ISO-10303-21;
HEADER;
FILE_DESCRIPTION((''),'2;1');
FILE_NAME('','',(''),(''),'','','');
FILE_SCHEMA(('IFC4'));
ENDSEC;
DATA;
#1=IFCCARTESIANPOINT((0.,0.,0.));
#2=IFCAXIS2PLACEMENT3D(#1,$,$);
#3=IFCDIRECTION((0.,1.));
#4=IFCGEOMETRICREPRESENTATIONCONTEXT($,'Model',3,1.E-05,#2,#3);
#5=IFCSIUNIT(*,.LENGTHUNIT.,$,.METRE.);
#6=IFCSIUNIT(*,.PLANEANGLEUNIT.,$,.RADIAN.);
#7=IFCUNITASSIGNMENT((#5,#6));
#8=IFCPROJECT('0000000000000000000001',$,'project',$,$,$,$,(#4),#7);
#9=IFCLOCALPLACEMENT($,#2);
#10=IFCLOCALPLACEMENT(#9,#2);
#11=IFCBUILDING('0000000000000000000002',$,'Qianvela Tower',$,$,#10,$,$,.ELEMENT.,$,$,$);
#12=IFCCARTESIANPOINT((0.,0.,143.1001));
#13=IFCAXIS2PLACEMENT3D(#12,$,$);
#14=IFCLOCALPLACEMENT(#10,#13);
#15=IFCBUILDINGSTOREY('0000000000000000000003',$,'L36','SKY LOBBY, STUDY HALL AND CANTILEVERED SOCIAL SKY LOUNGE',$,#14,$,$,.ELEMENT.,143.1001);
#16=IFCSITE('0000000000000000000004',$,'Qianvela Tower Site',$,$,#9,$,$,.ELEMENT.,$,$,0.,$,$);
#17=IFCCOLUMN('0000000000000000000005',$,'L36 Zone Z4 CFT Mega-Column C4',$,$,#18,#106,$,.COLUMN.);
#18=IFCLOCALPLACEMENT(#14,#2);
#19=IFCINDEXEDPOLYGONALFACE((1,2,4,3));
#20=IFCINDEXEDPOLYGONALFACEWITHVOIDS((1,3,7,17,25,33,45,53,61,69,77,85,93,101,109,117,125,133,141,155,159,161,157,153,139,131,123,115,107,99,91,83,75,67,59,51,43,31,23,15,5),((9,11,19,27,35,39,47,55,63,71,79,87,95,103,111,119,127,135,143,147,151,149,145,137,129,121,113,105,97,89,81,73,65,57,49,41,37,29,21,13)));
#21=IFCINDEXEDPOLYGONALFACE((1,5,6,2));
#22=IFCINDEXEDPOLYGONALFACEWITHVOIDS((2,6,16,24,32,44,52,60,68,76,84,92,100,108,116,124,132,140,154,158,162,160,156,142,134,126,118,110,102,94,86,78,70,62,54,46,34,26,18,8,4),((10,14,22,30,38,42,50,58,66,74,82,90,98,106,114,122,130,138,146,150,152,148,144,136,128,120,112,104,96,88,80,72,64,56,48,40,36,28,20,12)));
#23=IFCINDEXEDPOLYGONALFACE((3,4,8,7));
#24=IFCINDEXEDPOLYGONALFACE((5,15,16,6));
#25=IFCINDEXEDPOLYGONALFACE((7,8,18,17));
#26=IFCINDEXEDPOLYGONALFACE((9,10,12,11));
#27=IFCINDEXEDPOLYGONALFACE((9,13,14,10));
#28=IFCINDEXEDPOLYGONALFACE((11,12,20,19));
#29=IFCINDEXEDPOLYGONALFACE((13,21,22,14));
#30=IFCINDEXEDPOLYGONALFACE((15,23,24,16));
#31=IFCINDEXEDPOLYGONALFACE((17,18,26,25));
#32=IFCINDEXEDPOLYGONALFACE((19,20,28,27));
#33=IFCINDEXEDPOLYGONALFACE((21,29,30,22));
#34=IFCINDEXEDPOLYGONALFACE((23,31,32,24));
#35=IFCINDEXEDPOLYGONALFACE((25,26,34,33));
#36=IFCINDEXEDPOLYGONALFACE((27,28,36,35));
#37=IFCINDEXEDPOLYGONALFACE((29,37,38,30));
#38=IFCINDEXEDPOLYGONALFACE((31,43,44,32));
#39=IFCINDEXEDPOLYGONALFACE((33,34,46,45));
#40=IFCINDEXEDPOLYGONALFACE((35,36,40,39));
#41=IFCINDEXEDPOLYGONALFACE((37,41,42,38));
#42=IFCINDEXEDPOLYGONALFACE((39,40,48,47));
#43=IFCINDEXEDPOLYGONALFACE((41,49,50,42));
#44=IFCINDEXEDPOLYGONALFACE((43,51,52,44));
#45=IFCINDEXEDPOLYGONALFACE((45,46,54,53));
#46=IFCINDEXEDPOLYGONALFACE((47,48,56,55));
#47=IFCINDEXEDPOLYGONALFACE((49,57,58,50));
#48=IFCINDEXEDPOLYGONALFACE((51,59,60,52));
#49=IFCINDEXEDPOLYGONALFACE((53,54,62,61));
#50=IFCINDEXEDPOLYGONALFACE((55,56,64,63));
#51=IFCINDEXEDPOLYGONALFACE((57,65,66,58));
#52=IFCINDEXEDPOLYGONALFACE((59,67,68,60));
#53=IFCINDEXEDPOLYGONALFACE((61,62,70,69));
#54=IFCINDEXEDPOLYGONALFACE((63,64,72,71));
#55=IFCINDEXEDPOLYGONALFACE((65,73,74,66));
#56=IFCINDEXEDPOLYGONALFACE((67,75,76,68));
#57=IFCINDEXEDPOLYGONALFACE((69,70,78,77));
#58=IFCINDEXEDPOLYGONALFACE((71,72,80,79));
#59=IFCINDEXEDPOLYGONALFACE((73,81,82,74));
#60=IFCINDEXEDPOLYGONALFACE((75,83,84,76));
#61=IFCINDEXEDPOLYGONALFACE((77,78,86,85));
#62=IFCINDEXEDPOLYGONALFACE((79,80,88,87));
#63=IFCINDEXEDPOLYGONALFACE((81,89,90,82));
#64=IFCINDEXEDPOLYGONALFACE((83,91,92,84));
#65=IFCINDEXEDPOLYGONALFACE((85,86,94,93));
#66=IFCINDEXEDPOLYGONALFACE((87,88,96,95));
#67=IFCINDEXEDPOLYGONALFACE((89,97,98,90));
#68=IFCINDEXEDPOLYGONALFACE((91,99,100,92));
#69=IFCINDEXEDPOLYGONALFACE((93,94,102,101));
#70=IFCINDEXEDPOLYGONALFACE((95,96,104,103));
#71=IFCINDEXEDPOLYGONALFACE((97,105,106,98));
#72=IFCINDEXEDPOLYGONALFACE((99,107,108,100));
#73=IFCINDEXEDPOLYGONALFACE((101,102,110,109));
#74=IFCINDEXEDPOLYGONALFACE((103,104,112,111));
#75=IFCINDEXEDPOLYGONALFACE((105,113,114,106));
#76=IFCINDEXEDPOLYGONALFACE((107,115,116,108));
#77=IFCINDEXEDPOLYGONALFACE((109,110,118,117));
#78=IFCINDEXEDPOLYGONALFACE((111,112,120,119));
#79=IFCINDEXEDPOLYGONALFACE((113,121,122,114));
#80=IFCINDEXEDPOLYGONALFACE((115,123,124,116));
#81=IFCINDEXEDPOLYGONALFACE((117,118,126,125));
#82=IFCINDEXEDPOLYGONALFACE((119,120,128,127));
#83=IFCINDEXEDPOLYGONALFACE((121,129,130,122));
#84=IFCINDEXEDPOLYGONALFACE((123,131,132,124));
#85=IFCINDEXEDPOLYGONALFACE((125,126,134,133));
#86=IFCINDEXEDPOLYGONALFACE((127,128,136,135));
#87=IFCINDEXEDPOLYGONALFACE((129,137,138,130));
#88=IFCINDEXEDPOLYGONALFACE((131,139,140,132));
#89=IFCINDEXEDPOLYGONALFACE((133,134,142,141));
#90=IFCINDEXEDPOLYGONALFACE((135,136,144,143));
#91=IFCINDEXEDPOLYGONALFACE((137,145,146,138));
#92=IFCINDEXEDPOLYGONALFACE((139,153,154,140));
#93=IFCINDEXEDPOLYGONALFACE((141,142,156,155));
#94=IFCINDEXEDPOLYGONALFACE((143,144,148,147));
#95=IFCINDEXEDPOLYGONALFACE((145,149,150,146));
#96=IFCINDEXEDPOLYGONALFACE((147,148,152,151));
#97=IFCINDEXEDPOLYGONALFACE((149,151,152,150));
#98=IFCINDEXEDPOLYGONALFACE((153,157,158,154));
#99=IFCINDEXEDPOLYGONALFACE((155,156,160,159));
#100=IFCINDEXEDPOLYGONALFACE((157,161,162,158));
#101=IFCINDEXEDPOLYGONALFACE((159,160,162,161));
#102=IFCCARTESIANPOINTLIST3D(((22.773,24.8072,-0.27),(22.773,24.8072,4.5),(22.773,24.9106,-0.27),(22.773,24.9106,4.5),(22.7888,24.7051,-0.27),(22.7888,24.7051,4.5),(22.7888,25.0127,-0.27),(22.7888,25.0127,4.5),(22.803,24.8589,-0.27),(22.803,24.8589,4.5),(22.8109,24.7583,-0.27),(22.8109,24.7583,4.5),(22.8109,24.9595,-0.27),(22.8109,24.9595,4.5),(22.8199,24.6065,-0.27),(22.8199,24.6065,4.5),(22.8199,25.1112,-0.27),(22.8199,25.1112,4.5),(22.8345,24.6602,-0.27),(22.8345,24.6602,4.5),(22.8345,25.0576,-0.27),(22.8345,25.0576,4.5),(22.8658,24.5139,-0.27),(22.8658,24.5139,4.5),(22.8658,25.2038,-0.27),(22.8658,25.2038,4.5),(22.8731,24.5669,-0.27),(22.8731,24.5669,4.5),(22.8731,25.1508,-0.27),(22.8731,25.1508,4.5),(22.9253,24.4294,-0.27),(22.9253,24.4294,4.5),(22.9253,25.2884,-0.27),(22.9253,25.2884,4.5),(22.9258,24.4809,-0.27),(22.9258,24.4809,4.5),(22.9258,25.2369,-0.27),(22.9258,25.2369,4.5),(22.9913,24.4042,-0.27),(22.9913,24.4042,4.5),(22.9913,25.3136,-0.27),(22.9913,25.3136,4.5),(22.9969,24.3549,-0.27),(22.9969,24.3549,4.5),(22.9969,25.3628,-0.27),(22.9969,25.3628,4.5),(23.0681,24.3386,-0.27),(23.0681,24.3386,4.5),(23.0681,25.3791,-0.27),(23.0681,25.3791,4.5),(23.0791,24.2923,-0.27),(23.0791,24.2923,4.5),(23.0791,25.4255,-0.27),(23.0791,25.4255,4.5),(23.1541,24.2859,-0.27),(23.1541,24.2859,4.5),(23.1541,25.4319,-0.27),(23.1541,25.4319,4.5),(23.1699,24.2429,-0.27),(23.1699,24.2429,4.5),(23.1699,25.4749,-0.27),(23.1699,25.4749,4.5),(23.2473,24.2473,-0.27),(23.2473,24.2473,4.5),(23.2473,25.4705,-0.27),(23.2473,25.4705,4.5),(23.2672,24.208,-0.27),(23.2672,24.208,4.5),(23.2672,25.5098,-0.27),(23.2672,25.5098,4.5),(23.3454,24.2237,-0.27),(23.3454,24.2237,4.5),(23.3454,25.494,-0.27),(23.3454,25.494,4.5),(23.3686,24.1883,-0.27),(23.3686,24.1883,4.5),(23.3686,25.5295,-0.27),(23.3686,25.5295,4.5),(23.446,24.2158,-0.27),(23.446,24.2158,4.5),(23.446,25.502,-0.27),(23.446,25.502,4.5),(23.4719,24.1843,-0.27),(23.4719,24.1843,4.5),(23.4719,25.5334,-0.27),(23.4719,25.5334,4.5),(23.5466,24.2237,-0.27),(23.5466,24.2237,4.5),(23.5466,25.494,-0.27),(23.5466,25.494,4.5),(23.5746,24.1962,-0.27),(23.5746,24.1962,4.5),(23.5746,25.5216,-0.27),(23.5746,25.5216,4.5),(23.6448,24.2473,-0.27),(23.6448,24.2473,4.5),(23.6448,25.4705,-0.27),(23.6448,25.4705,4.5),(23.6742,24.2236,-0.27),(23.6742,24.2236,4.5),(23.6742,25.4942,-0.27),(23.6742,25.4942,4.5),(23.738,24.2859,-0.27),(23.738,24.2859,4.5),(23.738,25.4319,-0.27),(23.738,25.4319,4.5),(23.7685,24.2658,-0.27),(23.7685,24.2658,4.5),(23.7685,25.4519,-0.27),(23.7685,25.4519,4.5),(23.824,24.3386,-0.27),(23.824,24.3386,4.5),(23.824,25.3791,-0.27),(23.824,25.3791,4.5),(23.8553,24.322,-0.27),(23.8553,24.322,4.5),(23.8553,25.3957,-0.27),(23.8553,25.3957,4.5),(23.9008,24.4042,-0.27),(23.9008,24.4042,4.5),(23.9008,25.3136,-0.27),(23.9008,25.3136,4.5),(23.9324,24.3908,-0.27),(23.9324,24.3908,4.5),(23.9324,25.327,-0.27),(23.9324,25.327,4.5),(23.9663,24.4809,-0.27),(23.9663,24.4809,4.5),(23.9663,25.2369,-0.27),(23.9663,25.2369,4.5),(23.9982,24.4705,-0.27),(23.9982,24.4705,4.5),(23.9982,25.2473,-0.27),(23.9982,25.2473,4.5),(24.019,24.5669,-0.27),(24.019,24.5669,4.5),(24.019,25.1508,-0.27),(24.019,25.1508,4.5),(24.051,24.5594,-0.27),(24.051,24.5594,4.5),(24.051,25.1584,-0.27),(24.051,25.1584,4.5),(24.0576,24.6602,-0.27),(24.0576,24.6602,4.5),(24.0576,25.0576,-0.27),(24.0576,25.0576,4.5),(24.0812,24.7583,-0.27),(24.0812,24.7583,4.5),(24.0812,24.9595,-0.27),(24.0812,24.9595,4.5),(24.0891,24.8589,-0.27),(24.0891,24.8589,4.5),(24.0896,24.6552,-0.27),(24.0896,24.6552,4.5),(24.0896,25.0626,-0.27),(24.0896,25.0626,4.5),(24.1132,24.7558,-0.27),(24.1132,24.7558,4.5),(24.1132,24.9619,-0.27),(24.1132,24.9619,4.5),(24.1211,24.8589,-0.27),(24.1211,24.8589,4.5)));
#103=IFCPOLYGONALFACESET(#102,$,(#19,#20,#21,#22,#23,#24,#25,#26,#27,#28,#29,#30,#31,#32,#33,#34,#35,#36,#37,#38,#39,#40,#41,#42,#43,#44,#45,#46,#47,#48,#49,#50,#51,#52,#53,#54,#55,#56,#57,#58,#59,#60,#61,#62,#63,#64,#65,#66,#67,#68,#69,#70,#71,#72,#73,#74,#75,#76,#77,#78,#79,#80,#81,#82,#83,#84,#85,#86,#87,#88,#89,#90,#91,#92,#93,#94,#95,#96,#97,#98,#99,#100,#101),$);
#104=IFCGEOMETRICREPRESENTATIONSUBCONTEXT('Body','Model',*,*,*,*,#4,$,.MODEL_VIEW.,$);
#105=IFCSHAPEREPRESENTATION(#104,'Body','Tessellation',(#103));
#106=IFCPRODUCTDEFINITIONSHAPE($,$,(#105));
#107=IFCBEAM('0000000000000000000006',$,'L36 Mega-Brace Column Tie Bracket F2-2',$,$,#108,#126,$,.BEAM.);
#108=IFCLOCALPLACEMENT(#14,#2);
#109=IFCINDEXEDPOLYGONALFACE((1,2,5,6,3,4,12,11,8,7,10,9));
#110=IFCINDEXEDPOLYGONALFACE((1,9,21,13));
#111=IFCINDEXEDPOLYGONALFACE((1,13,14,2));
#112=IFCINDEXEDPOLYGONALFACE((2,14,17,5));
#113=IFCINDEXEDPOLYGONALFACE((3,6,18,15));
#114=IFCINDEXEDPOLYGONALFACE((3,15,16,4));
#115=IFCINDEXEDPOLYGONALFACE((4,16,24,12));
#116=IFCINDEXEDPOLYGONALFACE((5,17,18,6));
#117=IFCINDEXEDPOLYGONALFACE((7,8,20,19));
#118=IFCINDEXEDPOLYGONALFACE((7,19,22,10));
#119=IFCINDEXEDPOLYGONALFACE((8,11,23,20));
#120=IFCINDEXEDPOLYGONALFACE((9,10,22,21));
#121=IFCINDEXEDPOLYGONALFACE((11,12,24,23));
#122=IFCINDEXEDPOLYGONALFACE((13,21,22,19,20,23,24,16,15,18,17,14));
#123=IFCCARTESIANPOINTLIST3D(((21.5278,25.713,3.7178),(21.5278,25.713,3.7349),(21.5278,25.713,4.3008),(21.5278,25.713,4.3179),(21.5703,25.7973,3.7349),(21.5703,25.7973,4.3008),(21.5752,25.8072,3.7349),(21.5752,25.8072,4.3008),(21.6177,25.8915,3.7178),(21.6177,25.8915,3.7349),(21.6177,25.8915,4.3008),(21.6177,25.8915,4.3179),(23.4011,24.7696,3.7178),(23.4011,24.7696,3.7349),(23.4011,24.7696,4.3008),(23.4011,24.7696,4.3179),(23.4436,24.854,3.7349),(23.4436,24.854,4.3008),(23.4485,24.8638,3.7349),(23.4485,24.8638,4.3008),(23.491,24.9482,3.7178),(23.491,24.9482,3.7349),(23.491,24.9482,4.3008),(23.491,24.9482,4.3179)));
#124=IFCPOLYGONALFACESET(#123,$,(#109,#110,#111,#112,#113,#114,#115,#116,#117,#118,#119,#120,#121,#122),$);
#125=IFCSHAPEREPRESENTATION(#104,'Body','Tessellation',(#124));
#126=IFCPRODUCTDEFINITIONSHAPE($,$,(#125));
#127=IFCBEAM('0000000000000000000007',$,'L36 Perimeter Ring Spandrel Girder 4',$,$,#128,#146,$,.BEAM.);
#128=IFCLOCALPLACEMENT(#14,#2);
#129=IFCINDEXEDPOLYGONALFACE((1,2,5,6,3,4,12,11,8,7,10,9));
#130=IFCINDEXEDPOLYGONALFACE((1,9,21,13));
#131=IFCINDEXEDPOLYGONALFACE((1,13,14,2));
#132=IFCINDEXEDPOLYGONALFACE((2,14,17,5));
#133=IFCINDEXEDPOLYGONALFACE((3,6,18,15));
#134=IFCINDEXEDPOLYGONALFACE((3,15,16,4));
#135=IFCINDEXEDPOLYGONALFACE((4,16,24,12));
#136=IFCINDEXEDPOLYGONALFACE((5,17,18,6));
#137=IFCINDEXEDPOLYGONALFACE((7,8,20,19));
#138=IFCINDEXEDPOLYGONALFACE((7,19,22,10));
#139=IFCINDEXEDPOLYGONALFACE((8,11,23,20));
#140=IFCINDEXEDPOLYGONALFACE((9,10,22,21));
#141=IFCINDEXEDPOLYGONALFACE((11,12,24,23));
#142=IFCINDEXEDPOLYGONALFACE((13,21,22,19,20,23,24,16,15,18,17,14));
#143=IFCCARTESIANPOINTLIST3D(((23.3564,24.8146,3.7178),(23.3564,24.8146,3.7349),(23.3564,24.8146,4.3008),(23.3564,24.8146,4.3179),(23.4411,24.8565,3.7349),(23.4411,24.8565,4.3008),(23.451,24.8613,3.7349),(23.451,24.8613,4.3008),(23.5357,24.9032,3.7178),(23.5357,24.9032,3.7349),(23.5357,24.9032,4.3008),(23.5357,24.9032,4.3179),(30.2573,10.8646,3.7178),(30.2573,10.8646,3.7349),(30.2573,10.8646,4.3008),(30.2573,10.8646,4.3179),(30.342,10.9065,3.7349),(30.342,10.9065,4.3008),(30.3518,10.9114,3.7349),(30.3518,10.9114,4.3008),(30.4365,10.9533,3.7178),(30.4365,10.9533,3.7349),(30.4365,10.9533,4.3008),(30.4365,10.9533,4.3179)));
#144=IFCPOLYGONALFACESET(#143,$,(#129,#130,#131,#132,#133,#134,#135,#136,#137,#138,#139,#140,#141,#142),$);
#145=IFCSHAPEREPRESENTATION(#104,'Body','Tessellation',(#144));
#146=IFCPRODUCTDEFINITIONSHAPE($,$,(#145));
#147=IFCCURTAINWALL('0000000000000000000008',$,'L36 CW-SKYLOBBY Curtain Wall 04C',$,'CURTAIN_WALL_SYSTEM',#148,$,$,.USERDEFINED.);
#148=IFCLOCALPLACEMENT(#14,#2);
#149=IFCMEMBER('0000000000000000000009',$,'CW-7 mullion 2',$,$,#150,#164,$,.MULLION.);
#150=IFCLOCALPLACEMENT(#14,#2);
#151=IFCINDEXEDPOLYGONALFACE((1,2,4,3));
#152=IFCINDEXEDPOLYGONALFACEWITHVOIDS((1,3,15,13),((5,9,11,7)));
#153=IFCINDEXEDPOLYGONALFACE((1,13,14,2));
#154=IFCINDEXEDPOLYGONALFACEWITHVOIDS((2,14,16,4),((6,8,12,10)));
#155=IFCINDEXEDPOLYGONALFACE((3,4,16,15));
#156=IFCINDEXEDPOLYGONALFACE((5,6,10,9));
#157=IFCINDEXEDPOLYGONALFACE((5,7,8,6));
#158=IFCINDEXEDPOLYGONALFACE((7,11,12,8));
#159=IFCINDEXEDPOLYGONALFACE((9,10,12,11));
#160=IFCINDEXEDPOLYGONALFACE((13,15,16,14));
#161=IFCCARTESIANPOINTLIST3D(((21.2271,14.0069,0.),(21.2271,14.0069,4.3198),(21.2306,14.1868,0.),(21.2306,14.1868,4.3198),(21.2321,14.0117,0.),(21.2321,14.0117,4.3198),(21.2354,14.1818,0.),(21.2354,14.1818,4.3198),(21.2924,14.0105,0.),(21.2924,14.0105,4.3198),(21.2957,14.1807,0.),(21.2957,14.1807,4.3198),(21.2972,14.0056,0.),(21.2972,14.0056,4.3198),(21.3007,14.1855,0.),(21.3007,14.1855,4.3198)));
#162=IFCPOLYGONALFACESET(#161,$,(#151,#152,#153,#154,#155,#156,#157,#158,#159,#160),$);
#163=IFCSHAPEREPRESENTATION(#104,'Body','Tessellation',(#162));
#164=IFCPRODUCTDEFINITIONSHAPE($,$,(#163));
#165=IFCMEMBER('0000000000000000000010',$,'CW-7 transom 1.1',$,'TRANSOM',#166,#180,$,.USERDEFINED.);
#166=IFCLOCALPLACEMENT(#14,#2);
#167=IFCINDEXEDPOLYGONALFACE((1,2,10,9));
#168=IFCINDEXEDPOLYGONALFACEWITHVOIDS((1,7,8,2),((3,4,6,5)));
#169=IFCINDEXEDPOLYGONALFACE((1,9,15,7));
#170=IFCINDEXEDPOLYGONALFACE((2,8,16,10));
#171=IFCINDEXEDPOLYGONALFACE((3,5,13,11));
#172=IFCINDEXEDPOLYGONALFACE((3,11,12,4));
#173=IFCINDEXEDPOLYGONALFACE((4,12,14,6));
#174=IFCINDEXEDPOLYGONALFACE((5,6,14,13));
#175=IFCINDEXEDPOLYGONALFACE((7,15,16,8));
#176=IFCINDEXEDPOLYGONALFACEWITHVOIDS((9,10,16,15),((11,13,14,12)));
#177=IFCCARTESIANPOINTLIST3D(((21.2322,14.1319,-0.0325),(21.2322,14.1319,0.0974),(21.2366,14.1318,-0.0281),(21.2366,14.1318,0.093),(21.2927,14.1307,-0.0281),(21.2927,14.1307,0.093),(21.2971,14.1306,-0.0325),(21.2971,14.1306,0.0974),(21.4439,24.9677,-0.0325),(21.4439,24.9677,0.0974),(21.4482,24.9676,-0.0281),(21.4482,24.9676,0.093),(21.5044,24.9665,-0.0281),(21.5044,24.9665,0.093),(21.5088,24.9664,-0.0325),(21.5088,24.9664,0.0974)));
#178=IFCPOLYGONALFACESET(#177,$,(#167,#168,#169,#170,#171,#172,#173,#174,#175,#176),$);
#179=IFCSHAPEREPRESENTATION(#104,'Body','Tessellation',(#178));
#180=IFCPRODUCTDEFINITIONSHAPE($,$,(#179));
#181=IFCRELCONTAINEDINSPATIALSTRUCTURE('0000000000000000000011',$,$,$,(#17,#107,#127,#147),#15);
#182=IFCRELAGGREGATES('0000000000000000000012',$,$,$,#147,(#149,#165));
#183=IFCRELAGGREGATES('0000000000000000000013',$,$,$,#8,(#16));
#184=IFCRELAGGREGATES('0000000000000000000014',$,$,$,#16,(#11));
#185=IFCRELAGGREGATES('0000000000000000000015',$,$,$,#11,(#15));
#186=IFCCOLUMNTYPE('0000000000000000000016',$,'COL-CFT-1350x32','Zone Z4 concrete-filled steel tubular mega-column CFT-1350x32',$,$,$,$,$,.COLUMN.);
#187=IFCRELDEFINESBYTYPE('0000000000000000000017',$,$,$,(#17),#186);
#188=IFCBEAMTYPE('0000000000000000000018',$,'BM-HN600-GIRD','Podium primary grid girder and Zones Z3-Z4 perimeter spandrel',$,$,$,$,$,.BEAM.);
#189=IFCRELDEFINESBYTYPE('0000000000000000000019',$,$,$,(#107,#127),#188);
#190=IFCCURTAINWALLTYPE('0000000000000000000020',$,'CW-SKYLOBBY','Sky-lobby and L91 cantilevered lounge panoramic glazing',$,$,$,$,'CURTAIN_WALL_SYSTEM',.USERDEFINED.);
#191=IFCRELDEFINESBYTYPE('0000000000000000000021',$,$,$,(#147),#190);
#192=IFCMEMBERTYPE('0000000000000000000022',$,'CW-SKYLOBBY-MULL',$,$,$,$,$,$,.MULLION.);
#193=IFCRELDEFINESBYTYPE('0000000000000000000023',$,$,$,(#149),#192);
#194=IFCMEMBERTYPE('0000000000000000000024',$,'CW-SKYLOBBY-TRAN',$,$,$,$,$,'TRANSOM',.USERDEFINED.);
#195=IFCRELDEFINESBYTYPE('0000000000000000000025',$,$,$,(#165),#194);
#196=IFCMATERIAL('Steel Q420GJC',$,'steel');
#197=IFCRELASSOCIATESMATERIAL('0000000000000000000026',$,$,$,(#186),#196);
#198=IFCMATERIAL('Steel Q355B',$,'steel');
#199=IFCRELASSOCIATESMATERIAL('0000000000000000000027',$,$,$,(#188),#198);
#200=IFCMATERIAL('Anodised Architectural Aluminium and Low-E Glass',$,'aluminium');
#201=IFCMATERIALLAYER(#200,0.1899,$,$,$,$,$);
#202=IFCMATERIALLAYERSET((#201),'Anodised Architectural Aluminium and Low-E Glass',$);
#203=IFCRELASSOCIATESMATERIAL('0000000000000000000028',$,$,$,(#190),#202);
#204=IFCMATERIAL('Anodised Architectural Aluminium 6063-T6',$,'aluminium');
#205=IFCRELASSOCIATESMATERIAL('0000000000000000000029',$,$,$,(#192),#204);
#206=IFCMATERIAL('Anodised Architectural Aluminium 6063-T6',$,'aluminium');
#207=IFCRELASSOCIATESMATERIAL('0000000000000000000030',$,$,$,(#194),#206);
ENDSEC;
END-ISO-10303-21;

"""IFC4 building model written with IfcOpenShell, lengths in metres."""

from ifc_helpers import new_model, si_unit, direction, frame, origin, origin_2d, place, context, subcontext, project, spatial, hollow_rectangle, hollow_circle, i_section, extrude, material, layer, layer_set, material_profile, profile_set, type_object, element, aggregate, save


model = new_model("IFC4")

# Units and contexts
model_context = context("Model", 3, precision=1e-05, world=origin(), true_north=direction((0.0, 1.0)))
body_context = subcontext(model_context, "Body", "Model", "MODEL_VIEW")
ifc_project = project(units=[si_unit("LENGTHUNIT", "METRE"), si_unit("PLANEANGLEUNIT", "RADIAN")], contexts=[model_context])

# Site, building, storey
site_placement = place(None, origin())
site = spatial("IfcSite", under=ifc_project, at=site_placement, Name="Qianvela Tower Site", CompositionType="ELEMENT", RefElevation=0.0)
building_placement = place(site_placement, origin())
building = spatial("IfcBuilding", under=site, at=building_placement, Name="Qianvela Tower", CompositionType="ELEMENT")
storey_placement = place(building_placement, frame((0.0, 0.0, 143.1001)))
storey = spatial("IfcBuildingStorey", under=building, at=storey_placement, Name="L36", Description="SKY LOBBY, STUDY HALL AND CANTILEVERED SOCIAL SKY LOUNGE", CompositionType="ELEMENT", Elevation=143.1001)

# Column
ifc_material_1 = material(Name="Steel Q420GJC", Category="steel")
ifc_material_profile_1 = material_profile(ifc_material_1, hollow_circle(Radius=0.675, WallThickness=0.032, at=origin_2d()), Name="CFT-1350x32")
ifc_profile_set_1 = profile_set([ifc_material_profile_1], Name="Steel Q420GJC")
column_type = type_object("IfcColumnType", Name="COL-CFT-1350x32", Description="Zone Z4 concrete-filled steel tubular mega-column CFT-1350x32", PredefinedType="COLUMN", material=ifc_profile_set_1)
column_placement = place(storey_placement, frame((23.446, 24.8589, -0.27), z_axis=(0.0, 0.0, 1.0), x_axis=(1.0, 0.0, 0.0)))
element("IfcColumn", 1, at=column_placement, inside=storey, type_object=column_type, Name="L36 Zone Z4 CFT Mega-Column C4", PredefinedType="COLUMN", context=body_context, shape_type="SweptSolid", body=[
    extrude(hollow_circle(Radius=0.675, WallThickness=0.032, at=origin_2d()), origin(), (0.0, 0.0, 1.0), 4.77),
])

# Beams
ifc_material_2 = material(Name="Steel Q355B", Category="steel")
ifc_material_profile_2 = material_profile(ifc_material_2, i_section(OverallWidth=0.2, OverallDepth=0.6001, WebThickness=0.011, FlangeThickness=0.0171, at=origin_2d()), Name="HN600x200x11x17")
ifc_profile_set_2 = profile_set([ifc_material_profile_2], Name="Steel Q355B")
beam_type = type_object("IfcBeamType", Name="BM-HN600-GIRD", Description="Podium primary grid girder and Zones Z3-Z4 perimeter spandrel", PredefinedType="BEAM", material=ifc_profile_set_2)
beam_1_placement = place(storey_placement, frame((23.446, 24.8589, 4.0178), z_axis=(-0.893143, 0.449773, 0.0), x_axis=(-0.449773, -0.893143, 0.0)))
element("IfcBeam", 2, at=beam_1_placement, inside=storey, type_object=beam_type, Name="L36 Mega-Brace Column Tie Bracket F2-2", PredefinedType="BEAM", context=body_context, shape_type="SweptSolid", body=[
    extrude(i_section(OverallWidth=0.2, OverallDepth=0.6001, WebThickness=0.011, FlangeThickness=0.0171, at=origin_2d()), origin(), (0.0, 0.0, 1.0), 2.0974),
])
beam_2_placement = place(storey_placement, frame((23.446, 24.8589, 4.0178), z_axis=(0.443401, -0.896323, 0.0), x_axis=(0.896323, 0.443401, 0.0)))
element("IfcBeam", 3, at=beam_2_placement, inside=storey, type_object=beam_type, Name="L36 Perimeter Ring Spandrel Girder 4", PredefinedType="BEAM", context=body_context, shape_type="SweptSolid", body=[
    extrude(i_section(OverallWidth=0.2, OverallDepth=0.6001, WebThickness=0.011, FlangeThickness=0.0171, at=origin_2d()), origin(), (0.0, 0.0, 1.0), 15.5635),
])

# Curtain wall, members
ifc_material_3 = material(Name="Anodised Architectural Aluminium and Low-E Glass", Category="aluminium")
ifc_layer_1 = layer(ifc_material_3, 0.1899)
ifc_layer_set_1 = layer_set([ifc_layer_1], Name="Anodised Architectural Aluminium and Low-E Glass")
curtain_wall_type = type_object("IfcCurtainWallType", Name="CW-SKYLOBBY", Description="Sky-lobby and L91 cantilevered lounge panoramic glazing", ElementType="CURTAIN_WALL_SYSTEM", PredefinedType="USERDEFINED", material=ifc_layer_set_1)
curtain_wall_placement = place(storey_placement, origin())
curtain_wall = element("IfcCurtainWall", 4, at=curtain_wall_placement, inside=storey, type_object=curtain_wall_type, Name="L36 CW-SKYLOBBY Curtain Wall 04C", ObjectType="CURTAIN_WALL_SYSTEM", PredefinedType="USERDEFINED")
ifc_material_4 = material(Name="Anodised Architectural Aluminium 6063-T6", Category="aluminium")
ifc_material_profile_3 = material_profile(ifc_material_4, hollow_rectangle(XDim=0.0701, YDim=0.1799, WallThickness=0.0049, at=origin_2d()), Name="ALU-MULL-70x180")
ifc_profile_set_3 = profile_set([ifc_material_profile_3], Name="Anodised Architectural Aluminium 6063-T6")
member_type_1 = type_object("IfcMemberType", Name="CW-SKYLOBBY-MULL", PredefinedType="MULLION", material=ifc_profile_set_3)
member_1_placement = place(storey_placement, frame((21.2639, 14.0962, 0.0), z_axis=(0.0, 0.0, 1.0), x_axis=(0.999809, -0.019548, 0.0)))
member_1 = element("IfcMember", 5, at=member_1_placement, type_object=member_type_1, Name="CW-7 mullion 2", PredefinedType="MULLION", context=body_context, shape_type="SweptSolid", body=[
    extrude(hollow_rectangle(XDim=0.0701, YDim=0.1799, WallThickness=0.0049, at=origin_2d()), origin(), (0.0, 0.0, 1.0), 4.3198),
])
ifc_material_5 = material(Name="Anodised Architectural Aluminium 6063-T6", Category="aluminium")
ifc_material_profile_4 = material_profile(ifc_material_5, hollow_rectangle(XDim=0.0649, YDim=0.1299, WallThickness=0.0044, at=origin_2d()), Name="ALU-TRAN-65x130")
ifc_profile_set_4 = profile_set([ifc_material_profile_4], Name="Anodised Architectural Aluminium 6063-T6")
member_type_2 = type_object("IfcMemberType", Name="CW-SKYLOBBY-TRAN", ElementType="TRANSOM", PredefinedType="USERDEFINED", material=ifc_profile_set_4)
member_2_placement = place(storey_placement, frame((21.4763, 24.967, 0.0325), z_axis=(-0.01953, -0.999809, 0.0), x_axis=(0.999809, -0.01953, 0.0)))
member_2 = element("IfcMember", 6, at=member_2_placement, type_object=member_type_2, Name="CW-7 transom 1.1", ObjectType="TRANSOM", PredefinedType="USERDEFINED", context=body_context, shape_type="SweptSolid", body=[
    extrude(hollow_rectangle(XDim=0.0649, YDim=0.1299, WallThickness=0.0044, at=origin_2d()), origin(), (0.0, 0.0, 1.0), 10.8379),
])
aggregate(curtain_wall, [member_1, member_2])

save(model, "model.ifc")
